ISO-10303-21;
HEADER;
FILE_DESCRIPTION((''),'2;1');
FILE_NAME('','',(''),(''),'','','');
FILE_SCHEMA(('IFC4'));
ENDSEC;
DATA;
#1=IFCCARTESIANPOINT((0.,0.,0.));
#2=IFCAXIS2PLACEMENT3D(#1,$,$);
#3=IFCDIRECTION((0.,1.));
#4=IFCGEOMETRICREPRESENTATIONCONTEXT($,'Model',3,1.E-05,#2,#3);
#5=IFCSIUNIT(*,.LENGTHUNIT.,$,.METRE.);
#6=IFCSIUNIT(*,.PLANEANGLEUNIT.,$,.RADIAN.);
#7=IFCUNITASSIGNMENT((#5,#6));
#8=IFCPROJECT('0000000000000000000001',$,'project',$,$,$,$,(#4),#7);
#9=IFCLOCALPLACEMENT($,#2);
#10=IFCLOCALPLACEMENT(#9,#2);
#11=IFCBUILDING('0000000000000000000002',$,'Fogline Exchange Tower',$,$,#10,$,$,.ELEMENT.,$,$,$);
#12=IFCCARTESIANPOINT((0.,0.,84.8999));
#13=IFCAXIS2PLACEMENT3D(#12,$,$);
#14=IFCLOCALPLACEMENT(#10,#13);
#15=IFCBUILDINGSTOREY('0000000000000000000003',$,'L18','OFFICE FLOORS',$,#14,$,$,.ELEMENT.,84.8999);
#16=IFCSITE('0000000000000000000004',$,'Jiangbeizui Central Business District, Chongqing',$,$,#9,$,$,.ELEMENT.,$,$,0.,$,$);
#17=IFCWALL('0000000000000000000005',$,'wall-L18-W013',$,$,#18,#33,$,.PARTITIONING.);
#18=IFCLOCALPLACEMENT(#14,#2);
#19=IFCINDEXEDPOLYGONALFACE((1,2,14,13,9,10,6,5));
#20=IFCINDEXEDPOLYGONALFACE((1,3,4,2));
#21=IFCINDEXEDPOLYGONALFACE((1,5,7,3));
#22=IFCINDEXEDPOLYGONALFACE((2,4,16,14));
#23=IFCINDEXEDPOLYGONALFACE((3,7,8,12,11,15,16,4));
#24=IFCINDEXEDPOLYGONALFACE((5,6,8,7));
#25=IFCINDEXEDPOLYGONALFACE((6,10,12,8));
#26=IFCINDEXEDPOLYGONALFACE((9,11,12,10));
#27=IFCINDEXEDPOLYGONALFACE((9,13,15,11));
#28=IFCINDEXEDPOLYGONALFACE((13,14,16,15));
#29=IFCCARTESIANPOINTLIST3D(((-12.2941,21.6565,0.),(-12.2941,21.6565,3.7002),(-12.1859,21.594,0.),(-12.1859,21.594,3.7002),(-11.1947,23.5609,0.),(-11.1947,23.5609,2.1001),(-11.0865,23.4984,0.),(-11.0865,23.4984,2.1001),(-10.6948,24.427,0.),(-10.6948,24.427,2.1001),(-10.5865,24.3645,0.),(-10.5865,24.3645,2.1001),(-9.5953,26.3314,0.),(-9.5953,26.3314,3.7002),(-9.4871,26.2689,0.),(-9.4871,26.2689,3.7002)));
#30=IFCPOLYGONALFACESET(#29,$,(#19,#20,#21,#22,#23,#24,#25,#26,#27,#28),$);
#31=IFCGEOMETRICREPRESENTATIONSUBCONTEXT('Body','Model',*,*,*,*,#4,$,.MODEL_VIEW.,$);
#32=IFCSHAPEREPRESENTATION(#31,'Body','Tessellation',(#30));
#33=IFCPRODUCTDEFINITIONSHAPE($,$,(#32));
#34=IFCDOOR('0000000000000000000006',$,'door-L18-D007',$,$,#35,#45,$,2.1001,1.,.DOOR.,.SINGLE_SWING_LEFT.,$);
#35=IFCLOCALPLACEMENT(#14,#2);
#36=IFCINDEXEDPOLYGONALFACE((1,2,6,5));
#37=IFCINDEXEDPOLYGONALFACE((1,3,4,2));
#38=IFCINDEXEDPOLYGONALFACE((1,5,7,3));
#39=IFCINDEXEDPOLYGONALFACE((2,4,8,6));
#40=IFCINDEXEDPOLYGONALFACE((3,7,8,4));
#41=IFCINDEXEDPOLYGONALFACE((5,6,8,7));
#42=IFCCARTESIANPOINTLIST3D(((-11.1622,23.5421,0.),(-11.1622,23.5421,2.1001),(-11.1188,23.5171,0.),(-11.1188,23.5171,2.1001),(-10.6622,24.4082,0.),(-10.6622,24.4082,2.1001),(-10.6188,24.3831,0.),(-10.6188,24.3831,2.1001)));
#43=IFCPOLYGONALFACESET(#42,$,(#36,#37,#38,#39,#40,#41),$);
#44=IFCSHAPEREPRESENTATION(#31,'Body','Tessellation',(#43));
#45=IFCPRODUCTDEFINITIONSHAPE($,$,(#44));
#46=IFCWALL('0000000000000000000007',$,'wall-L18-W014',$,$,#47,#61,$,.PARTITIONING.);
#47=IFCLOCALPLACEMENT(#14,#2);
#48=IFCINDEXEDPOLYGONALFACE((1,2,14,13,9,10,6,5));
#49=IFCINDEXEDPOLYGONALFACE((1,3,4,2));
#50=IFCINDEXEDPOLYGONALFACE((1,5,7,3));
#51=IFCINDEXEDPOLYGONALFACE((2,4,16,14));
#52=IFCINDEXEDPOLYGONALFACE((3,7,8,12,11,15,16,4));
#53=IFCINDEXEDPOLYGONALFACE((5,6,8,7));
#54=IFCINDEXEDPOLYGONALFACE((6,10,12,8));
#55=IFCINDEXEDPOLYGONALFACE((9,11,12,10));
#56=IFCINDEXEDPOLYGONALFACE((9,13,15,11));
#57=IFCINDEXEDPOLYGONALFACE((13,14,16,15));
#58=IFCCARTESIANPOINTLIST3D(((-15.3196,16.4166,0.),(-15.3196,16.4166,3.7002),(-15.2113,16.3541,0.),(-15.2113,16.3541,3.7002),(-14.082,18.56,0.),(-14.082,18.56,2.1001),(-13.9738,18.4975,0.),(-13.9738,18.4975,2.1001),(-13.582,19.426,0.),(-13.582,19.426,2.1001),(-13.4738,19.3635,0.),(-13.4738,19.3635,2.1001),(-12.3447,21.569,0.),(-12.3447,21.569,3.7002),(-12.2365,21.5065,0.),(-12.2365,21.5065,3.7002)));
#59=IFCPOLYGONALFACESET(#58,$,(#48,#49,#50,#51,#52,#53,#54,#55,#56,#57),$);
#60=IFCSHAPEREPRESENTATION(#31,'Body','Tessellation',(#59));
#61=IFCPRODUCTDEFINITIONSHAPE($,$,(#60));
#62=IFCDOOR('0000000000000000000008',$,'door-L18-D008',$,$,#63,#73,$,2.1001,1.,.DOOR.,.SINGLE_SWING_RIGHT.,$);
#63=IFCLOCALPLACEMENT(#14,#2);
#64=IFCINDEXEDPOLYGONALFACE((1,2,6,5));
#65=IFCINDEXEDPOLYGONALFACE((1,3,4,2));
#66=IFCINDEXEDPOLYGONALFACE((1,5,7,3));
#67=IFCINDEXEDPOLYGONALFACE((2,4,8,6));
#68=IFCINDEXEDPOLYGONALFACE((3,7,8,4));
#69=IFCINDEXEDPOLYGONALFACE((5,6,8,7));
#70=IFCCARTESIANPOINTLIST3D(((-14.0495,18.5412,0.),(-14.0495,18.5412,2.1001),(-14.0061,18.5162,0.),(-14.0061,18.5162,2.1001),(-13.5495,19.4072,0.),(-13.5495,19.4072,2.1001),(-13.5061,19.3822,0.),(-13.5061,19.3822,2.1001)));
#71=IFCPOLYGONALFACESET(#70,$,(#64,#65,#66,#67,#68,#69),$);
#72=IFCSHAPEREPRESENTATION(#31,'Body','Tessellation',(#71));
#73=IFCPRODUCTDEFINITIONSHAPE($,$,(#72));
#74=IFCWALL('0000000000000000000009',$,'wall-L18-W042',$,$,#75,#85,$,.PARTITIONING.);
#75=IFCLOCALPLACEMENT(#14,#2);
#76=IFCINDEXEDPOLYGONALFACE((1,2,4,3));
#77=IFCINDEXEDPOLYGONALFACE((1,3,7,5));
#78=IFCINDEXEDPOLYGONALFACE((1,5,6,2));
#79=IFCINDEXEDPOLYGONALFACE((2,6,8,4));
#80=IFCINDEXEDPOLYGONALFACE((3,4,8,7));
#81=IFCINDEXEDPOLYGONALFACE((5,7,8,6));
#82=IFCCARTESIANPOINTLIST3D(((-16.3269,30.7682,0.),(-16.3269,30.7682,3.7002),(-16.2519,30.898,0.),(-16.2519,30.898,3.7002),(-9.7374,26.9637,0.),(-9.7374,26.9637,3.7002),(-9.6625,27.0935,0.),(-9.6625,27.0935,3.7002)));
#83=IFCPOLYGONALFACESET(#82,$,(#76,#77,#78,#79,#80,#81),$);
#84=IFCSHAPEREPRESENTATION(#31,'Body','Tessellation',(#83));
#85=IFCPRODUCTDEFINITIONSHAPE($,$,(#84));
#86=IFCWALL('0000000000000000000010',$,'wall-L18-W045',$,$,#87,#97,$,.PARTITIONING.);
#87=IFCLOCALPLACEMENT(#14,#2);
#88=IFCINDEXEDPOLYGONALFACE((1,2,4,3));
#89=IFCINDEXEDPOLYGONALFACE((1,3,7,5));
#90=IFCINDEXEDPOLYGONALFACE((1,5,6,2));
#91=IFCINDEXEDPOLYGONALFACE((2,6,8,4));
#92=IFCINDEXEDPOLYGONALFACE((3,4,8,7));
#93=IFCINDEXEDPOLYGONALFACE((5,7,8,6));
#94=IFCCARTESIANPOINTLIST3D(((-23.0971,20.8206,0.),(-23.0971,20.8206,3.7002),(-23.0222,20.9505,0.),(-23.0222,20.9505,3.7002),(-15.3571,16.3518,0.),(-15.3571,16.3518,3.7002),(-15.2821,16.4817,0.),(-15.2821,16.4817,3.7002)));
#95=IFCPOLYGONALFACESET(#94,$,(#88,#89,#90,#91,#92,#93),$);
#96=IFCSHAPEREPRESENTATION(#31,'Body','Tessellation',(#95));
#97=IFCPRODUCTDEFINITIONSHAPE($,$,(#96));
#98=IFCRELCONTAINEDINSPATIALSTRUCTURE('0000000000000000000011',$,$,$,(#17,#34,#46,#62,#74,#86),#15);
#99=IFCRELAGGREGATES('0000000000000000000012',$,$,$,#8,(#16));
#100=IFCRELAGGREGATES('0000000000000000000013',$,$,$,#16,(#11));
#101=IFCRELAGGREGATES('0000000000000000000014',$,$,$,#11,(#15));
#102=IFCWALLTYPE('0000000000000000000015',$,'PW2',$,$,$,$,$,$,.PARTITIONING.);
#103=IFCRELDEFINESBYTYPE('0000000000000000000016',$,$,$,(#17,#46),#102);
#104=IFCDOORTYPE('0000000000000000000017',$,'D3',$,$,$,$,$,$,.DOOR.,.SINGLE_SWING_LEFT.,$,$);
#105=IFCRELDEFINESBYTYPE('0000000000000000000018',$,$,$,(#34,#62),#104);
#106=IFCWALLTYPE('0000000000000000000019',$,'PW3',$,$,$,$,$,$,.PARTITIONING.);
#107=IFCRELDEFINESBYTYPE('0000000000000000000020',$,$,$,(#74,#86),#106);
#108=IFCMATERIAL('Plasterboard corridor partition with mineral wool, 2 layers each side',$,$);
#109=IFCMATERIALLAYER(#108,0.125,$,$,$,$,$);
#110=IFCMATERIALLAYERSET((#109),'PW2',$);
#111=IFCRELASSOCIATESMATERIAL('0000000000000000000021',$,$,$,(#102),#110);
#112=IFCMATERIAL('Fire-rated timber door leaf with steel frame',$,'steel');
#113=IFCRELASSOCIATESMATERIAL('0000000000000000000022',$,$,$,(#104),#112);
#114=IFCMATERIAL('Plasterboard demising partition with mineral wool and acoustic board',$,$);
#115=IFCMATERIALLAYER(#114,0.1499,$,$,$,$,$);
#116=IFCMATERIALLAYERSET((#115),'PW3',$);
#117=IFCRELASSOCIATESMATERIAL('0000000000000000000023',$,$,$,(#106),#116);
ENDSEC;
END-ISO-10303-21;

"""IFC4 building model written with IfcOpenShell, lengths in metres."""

from ifc_helpers import new_model, si_unit, direction, frame, frame_2d, origin, place, context, subcontext, project, spatial, rectangle, extrude, material, layer, layer_set, type_object, element, fill, save


model = new_model("IFC4")

# Units and contexts
model_context = context("Model", 3, precision=1e-05, world=origin(), true_north=direction((0.0, 1.0)))
body_context = subcontext(model_context, "Body", "Model", "MODEL_VIEW")
ifc_project = project(units=[si_unit("LENGTHUNIT", "METRE"), si_unit("PLANEANGLEUNIT", "RADIAN")], contexts=[model_context])

# Site, building, storey
site_placement = place(None, origin())
site = spatial("IfcSite", under=ifc_project, at=site_placement, Name="Jiangbeizui Central Business District, Chongqing", CompositionType="ELEMENT", RefElevation=0.0)
building_placement = place(site_placement, origin())
building = spatial("IfcBuilding", under=site, at=building_placement, Name="Fogline Exchange Tower", CompositionType="ELEMENT")
storey_placement = place(building_placement, frame((0.0, 0.0, 84.8999)))
storey = spatial("IfcBuildingStorey", under=building, at=storey_placement, Name="L18", Description="OFFICE FLOORS", CompositionType="ELEMENT", Elevation=84.8999)

# Walls, openings, doors
ifc_material_1 = material(Name="Plasterboard corridor partition with mineral wool, 2 layers each side")
ifc_layer_1 = layer(ifc_material_1, 0.125)
ifc_layer_set_1 = layer_set([ifc_layer_1], Name="PW2")
wall_type_1 = type_object("IfcWallType", Name="PW2", PredefinedType="PARTITIONING", material=ifc_layer_set_1)
wall_1_placement = place(storey_placement, frame((-12.24, 21.6252, 0.0), z_axis=(0.0, 0.0, 1.0), x_axis=(0.499963, 0.866047, 0.0)))
wall_1 = element("IfcWall", 1, at=wall_1_placement, inside=storey, type_object=wall_type_1, Name="wall-L18-W013", PredefinedType="PARTITIONING", context=body_context, shape_type="SweptSolid", body=[
    extrude(rectangle(XDim=5.3979, YDim=0.125, at=frame_2d((2.699, 0.0))), origin(), (0.0, 0.0, 1.0), 3.7002),
])
opening_1_placement = place(wall_1_placement, frame((2.199, 0.0, 0.0)))
opening_1 = element("IfcOpeningElement", 2, at=opening_1_placement, cuts=wall_1, PredefinedType="OPENING", context=body_context, shape_type="SweptSolid", body=[
    extrude(rectangle(XDim=1.0, YDim=2.1001, at=frame_2d((0.5, 1.05))), frame((0.0, 0.0725, 0.0), z_axis=(0.0, -1.0, 0.0), x_axis=(1.0, 0.0, 0.0)), (0.0, 0.0, 1.0), 0.145),
])
ifc_material_2 = material(Name="Fire-rated timber door leaf with steel frame", Category="steel")
door_type_1 = type_object("IfcDoorType", Name="D3", OperationType="SINGLE_SWING_LEFT", PredefinedType="DOOR", material=ifc_material_2)
door_1_placement = place(opening_1_placement, origin())
door_1 = element("IfcDoor", 3, at=door_1_placement, inside=storey, type_object=door_type_1, Name="door-L18-D007", OperationType="SINGLE_SWING_LEFT", OverallHeight=2.1001, OverallWidth=1.0, PredefinedType="DOOR", context=body_context, shape_type="SweptSolid", body=[
    extrude(rectangle(XDim=1.0, YDim=2.1001, at=frame_2d((0.5, 1.05))), frame((0.0, 0.0249, 0.0), z_axis=(0.0, -1.0, 0.0), x_axis=(1.0, 0.0, 0.0)), (0.0, 0.0, 1.0), 0.05),
])
fill(opening_1, door_1)
wall_2_placement = place(storey_placement, frame((-15.2654, 16.3855, 0.0), z_axis=(0.0, 0.0, 1.0), x_axis=(0.500018, 0.866015, 0.0)))
wall_2 = element("IfcWall", 4, at=wall_2_placement, inside=storey, type_object=wall_type_1, Name="wall-L18-W014", PredefinedType="PARTITIONING", context=body_context, shape_type="SweptSolid", body=[
    extrude(rectangle(XDim=5.9495, YDim=0.125, at=frame_2d((2.9746, 0.0))), origin(), (0.0, 0.0, 1.0), 3.7002),
])
opening_2_placement = place(wall_2_placement, frame((2.4749, 0.0, 0.0)))
opening_2 = element("IfcOpeningElement", 5, at=opening_2_placement, cuts=wall_2, PredefinedType="OPENING", context=body_context, shape_type="SweptSolid", body=[
    extrude(rectangle(XDim=1.0, YDim=2.1001, at=frame_2d((0.5, 1.05))), frame((0.0, 0.0725, 0.0), z_axis=(0.0, -1.0, 0.0), x_axis=(1.0, 0.0, 0.0)), (0.0, 0.0, 1.0), 0.145),
])
door_2_placement = place(opening_2_placement, origin())
door_2 = element("IfcDoor", 6, at=door_2_placement, inside=storey, type_object=door_type_1, Name="door-L18-D008", OperationType="SINGLE_SWING_RIGHT", OverallHeight=2.1001, OverallWidth=1.0, PredefinedType="DOOR", context=body_context, shape_type="SweptSolid", body=[
    extrude(rectangle(XDim=1.0, YDim=2.1001, at=frame_2d((0.5, 1.05))), frame((0.0, 0.0249, 0.0), z_axis=(0.0, -1.0, 0.0), x_axis=(1.0, 0.0, 0.0)), (0.0, 0.0, 1.0), 0.05),
])
fill(opening_2, door_2)

# Walls
ifc_material_3 = material(Name="Plasterboard demising partition with mineral wool and acoustic board")
ifc_layer_2 = layer(ifc_material_3, 0.1499)
ifc_layer_set_2 = layer_set([ifc_layer_2], Name="PW3")
wall_type_2 = type_object("IfcWallType", Name="PW3", PredefinedType="PARTITIONING", material=ifc_layer_set_2)
wall_3_placement = place(storey_placement, frame((-9.7, 27.0286, 0.0), z_axis=(0.0, 0.0, 1.0), x_axis=(-0.866021, 0.500008, 0.0)))
element("IfcWall", 7, at=wall_3_placement, inside=storey, type_object=wall_type_2, Name="wall-L18-W042", PredefinedType="PARTITIONING", context=body_context, shape_type="SweptSolid", body=[
    extrude(rectangle(XDim=7.6089, YDim=0.1499, at=frame_2d((3.8044, 0.0))), origin(), (0.0, 0.0, 1.0), 3.7002),
])
wall_4_placement = place(storey_placement, frame((-15.3196, 16.4167, 0.0), z_axis=(0.0, 0.0, 1.0), x_axis=(-0.866022, 0.500005, 0.0)))
element("IfcWall", 8, at=wall_4_placement, inside=storey, type_object=wall_type_2, Name="wall-L18-W045", PredefinedType="PARTITIONING", context=body_context, shape_type="SweptSolid", body=[
    extrude(rectangle(XDim=8.9375, YDim=0.1499, at=frame_2d((4.4688, 0.0))), origin(), (0.0, 0.0, 1.0), 3.7002),
])

save(model, "model.ifc")
